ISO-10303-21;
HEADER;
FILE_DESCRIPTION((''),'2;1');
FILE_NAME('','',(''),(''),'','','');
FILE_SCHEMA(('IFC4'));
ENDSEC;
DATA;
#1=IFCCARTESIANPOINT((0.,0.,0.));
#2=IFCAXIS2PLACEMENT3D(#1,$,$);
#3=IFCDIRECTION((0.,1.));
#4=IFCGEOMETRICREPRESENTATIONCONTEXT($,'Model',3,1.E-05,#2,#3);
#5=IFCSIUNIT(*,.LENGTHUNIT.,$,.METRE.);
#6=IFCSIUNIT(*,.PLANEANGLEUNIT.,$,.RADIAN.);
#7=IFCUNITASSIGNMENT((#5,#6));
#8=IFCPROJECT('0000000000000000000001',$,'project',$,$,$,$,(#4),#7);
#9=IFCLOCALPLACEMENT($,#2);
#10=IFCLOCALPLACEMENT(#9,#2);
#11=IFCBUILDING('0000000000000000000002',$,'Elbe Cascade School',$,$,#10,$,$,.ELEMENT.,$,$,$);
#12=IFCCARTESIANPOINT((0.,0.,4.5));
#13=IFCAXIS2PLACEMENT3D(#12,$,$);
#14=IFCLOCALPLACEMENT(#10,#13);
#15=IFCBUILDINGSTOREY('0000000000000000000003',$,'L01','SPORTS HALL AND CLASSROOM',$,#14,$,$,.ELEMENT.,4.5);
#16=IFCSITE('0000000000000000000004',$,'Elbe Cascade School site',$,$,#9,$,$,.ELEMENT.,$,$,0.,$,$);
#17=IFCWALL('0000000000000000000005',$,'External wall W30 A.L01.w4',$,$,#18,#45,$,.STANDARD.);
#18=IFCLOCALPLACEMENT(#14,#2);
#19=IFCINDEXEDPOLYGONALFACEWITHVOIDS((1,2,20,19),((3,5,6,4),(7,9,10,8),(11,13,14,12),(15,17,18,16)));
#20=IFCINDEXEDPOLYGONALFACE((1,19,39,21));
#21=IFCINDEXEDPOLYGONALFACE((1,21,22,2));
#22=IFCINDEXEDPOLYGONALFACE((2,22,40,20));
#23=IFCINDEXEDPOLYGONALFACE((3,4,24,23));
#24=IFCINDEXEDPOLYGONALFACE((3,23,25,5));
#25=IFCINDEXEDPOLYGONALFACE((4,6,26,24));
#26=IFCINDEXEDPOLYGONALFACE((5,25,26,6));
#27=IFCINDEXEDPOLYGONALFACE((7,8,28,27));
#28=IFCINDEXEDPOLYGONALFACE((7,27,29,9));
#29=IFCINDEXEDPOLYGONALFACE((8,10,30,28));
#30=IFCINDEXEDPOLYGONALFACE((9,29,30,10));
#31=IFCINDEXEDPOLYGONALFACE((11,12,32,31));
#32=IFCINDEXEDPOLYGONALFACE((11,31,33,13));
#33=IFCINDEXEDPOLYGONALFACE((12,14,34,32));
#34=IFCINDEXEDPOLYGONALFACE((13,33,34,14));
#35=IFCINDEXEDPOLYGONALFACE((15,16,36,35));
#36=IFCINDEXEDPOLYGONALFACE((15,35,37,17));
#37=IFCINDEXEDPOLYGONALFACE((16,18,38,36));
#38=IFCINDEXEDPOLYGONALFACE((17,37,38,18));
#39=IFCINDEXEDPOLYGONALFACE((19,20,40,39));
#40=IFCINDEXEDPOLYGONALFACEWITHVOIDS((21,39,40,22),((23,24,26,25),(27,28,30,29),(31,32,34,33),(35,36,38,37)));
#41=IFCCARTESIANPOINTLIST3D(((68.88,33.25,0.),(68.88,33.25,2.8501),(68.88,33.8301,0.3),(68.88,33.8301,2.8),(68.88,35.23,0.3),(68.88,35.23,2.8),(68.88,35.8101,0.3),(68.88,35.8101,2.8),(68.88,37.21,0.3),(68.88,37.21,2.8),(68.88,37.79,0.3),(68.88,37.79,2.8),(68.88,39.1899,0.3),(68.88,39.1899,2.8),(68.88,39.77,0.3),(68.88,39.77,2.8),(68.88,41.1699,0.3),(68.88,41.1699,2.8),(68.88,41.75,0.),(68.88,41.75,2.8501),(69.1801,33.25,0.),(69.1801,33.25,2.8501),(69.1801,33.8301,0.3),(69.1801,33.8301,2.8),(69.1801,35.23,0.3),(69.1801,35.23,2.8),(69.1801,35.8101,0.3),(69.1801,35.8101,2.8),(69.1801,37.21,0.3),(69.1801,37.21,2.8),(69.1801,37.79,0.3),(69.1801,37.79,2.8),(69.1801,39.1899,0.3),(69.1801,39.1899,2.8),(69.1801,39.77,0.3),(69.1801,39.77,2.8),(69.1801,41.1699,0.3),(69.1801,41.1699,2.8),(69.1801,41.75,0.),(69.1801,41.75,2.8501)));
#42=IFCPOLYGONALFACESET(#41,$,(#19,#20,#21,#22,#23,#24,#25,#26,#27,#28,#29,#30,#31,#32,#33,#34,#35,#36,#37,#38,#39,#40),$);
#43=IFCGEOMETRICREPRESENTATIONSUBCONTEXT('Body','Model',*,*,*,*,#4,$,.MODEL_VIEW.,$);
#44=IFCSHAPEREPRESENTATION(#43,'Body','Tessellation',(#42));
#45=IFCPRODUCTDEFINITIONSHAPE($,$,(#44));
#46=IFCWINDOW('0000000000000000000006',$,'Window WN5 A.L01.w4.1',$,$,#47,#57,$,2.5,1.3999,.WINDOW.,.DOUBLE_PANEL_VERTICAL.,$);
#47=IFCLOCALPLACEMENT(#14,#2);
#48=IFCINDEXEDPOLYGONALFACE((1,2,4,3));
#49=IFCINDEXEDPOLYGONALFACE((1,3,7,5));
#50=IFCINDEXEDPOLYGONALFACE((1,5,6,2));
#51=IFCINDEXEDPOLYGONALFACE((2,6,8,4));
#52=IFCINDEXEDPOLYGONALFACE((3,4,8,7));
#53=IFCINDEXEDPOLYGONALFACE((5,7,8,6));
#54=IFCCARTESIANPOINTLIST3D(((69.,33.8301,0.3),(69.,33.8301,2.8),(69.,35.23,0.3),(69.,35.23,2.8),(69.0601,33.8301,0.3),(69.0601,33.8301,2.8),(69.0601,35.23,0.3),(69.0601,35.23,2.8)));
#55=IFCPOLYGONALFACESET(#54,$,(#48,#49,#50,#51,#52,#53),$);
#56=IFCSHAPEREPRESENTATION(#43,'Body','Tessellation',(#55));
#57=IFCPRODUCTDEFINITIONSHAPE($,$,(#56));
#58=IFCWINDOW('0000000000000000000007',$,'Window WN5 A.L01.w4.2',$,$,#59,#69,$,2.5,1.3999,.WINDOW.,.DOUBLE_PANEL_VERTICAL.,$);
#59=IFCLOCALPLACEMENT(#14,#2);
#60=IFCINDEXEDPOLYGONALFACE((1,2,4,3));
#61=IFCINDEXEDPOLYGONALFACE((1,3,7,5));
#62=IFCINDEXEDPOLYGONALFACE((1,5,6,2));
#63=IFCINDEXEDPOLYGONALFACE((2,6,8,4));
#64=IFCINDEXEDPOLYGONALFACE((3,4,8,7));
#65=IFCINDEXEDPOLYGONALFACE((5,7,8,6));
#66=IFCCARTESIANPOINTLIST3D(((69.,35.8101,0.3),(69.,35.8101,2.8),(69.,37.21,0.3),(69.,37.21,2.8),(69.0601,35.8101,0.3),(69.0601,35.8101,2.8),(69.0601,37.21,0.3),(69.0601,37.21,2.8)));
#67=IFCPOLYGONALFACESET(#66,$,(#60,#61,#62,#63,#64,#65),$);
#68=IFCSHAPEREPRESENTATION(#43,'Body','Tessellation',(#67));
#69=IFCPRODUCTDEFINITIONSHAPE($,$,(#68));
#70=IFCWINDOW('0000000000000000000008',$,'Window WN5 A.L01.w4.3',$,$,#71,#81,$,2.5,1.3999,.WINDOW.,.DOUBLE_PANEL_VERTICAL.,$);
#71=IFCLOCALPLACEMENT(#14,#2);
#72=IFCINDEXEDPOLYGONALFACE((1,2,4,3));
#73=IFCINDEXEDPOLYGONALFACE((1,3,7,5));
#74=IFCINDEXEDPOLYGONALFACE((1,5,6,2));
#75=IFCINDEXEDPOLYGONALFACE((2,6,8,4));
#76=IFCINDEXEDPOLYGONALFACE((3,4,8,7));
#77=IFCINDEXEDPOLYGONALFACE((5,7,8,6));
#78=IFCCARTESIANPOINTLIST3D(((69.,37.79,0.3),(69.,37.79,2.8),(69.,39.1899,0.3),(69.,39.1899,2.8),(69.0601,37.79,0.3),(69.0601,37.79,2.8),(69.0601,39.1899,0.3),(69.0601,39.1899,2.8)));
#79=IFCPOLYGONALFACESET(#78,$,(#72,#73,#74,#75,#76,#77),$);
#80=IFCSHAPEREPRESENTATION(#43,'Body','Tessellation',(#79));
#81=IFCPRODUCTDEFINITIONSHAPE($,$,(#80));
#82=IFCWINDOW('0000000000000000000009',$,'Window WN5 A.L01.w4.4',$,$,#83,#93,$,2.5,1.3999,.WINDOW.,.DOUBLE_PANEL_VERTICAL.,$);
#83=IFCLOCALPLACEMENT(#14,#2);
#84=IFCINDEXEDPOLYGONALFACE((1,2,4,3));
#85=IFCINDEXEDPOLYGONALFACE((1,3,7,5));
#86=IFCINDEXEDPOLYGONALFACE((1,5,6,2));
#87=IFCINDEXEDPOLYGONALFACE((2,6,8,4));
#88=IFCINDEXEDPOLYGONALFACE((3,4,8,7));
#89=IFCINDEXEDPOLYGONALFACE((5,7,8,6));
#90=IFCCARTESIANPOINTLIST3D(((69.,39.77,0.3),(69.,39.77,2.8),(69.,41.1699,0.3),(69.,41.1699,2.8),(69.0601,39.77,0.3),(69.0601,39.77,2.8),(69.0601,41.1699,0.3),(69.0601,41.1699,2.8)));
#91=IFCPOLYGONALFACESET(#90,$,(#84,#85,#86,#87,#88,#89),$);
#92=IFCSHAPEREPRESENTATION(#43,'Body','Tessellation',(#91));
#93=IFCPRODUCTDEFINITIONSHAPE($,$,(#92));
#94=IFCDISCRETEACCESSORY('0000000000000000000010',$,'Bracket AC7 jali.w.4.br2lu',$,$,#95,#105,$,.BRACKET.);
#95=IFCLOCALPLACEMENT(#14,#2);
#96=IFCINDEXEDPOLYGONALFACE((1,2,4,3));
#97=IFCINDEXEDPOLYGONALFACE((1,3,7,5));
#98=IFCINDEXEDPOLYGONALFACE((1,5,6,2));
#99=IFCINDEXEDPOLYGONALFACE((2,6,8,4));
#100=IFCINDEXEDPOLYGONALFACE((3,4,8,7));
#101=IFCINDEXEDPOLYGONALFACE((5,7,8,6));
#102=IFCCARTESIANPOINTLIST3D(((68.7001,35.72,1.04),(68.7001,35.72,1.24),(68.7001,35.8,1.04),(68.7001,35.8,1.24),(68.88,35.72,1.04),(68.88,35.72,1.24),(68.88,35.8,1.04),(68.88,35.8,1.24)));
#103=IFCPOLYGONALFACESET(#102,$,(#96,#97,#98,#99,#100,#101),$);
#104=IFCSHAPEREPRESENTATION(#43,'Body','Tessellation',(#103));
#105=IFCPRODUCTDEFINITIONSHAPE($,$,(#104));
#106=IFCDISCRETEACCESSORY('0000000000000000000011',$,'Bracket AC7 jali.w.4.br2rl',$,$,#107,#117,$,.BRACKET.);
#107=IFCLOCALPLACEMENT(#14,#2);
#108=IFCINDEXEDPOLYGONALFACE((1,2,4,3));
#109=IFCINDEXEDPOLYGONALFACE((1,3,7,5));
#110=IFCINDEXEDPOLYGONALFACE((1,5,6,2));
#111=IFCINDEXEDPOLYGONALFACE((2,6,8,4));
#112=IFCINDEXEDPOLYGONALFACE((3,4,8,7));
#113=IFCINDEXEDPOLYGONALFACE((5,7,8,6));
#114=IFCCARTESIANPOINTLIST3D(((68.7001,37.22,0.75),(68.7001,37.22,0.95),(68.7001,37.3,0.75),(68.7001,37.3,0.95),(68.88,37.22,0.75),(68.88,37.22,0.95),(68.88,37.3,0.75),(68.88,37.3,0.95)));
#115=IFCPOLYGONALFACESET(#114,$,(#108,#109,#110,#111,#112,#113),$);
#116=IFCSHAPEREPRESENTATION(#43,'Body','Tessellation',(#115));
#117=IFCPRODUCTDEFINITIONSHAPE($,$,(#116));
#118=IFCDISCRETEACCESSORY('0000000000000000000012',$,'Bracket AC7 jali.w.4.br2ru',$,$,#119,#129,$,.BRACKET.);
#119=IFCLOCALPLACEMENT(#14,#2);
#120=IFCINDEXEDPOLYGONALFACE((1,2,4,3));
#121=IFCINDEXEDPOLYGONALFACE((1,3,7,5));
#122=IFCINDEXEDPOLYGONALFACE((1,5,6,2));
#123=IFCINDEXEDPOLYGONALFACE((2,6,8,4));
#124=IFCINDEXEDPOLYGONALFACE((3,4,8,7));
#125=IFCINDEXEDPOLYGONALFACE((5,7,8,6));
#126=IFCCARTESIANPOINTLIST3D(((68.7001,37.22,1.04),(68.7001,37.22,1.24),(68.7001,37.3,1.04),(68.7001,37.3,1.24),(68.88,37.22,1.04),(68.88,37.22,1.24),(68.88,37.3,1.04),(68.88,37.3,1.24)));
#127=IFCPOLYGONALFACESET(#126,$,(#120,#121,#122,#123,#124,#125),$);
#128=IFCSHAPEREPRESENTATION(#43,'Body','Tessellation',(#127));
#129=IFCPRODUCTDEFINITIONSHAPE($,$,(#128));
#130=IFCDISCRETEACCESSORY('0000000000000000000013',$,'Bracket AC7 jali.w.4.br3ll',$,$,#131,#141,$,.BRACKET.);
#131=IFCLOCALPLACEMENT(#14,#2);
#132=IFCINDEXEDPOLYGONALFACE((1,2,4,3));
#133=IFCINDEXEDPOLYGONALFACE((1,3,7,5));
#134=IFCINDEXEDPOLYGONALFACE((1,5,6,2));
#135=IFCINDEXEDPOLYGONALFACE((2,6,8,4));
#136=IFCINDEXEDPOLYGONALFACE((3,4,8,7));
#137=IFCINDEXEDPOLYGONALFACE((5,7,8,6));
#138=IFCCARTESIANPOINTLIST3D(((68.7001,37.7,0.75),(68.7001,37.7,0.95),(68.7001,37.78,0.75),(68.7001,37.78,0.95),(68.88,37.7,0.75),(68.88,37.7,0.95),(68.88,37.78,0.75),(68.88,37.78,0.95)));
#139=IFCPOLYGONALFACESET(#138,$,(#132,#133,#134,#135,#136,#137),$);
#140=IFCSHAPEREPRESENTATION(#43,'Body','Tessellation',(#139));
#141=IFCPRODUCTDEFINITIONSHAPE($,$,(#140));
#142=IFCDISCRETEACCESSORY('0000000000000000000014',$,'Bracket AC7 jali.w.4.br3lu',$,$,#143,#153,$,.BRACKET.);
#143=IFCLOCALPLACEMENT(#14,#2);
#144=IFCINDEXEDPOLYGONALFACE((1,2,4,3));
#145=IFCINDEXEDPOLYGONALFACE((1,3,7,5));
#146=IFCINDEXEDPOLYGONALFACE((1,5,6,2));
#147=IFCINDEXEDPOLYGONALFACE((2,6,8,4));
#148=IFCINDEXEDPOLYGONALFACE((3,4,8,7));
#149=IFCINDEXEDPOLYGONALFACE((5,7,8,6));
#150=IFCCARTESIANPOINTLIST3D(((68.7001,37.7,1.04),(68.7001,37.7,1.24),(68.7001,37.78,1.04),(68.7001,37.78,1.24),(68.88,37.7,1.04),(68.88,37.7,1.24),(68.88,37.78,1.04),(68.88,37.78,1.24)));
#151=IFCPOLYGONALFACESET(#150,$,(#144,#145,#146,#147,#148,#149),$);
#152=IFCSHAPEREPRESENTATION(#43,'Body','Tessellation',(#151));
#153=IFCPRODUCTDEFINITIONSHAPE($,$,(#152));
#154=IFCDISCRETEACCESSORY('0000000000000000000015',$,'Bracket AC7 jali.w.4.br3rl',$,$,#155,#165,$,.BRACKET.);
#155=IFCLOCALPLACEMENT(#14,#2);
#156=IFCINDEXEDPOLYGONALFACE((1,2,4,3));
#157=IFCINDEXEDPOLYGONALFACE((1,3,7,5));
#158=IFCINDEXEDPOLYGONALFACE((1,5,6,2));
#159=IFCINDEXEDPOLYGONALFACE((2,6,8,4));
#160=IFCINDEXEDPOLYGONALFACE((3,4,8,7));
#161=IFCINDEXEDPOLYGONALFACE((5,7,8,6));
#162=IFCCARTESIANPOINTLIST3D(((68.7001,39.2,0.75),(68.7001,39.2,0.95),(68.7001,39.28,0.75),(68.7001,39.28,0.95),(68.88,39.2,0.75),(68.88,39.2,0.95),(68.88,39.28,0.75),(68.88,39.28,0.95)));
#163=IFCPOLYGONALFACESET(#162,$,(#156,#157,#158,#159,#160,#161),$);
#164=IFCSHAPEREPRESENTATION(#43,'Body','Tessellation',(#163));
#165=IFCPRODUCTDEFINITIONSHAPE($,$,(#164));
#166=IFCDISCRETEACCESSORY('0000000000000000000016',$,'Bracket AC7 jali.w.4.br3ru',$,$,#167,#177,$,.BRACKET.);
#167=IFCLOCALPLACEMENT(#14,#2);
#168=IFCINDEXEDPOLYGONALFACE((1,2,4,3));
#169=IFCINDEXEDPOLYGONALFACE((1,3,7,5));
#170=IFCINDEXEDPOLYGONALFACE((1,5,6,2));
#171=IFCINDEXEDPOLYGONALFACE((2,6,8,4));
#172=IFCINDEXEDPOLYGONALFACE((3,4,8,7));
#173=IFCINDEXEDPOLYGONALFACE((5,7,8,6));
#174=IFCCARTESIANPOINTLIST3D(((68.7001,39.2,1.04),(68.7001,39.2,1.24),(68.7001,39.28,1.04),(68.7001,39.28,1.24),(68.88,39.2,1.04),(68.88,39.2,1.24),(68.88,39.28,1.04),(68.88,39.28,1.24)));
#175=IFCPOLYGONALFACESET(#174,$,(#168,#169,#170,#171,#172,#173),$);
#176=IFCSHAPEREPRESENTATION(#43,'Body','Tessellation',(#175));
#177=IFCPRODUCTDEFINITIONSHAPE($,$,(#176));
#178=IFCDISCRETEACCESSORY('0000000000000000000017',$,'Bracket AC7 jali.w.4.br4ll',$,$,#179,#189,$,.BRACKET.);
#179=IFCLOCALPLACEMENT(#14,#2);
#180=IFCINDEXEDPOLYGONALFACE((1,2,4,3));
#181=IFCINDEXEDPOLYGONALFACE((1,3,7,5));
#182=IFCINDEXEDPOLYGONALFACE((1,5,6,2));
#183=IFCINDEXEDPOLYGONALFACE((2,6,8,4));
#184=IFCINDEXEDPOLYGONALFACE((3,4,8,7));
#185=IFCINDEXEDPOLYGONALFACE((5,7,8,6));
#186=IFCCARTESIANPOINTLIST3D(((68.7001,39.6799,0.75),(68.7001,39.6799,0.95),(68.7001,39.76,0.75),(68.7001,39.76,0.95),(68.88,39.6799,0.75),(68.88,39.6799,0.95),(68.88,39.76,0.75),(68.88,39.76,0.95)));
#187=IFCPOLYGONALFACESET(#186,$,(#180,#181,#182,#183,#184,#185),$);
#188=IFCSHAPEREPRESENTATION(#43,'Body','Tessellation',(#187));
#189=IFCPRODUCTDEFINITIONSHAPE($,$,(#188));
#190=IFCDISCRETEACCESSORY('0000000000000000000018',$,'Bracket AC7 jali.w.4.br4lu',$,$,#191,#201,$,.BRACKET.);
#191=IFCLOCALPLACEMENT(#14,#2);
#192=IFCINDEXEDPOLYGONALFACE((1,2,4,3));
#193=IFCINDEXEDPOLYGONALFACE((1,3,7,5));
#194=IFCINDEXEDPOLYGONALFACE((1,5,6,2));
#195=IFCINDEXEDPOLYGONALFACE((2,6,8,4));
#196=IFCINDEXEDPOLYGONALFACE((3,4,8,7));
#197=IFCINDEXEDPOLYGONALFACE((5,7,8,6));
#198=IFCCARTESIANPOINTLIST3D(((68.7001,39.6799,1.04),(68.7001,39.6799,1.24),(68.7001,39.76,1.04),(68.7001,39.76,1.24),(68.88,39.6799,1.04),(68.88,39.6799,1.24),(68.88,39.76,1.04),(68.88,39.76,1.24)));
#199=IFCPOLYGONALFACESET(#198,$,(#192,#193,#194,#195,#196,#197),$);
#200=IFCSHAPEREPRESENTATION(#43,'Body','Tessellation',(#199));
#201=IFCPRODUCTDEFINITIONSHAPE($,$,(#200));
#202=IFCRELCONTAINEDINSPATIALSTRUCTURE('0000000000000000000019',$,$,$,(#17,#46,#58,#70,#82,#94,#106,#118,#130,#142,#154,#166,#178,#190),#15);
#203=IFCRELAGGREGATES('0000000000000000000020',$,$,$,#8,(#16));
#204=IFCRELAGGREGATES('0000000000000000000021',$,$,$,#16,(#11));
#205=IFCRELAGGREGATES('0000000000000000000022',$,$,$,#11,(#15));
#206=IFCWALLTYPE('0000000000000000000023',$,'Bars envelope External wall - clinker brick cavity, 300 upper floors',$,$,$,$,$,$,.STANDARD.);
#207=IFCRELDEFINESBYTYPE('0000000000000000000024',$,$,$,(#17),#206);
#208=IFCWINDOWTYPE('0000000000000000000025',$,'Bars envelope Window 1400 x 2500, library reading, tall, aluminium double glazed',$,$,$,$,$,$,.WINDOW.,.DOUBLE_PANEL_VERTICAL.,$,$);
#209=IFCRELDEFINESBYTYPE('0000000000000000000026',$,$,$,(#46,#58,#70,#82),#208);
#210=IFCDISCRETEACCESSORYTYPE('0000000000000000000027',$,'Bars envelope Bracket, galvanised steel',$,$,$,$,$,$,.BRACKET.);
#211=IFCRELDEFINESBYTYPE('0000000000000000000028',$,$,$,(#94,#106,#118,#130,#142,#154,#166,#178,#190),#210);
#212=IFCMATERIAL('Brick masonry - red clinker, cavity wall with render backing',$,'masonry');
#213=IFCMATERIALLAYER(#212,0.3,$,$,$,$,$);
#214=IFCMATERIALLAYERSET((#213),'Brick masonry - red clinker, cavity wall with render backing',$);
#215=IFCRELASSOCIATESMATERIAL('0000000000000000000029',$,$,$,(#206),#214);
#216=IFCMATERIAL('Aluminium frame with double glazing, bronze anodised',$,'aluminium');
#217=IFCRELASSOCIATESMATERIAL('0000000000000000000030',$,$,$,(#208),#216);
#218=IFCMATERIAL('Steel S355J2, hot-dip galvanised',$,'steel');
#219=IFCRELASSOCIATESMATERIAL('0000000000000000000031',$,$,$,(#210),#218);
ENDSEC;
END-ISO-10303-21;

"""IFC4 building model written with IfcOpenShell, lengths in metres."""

from ifc_helpers import new_model, si_unit, direction, frame, frame_2d, origin, origin_2d, place, context, subcontext, project, spatial, rectangle, extrude, material, layer, layer_set, type_object, element, fill, save


model = new_model("IFC4")

# Units and contexts
model_context = context("Model", 3, precision=1e-05, world=origin(), true_north=direction((0.0, 1.0)))
body_context = subcontext(model_context, "Body", "Model", "MODEL_VIEW")
ifc_project = project(units=[si_unit("LENGTHUNIT", "METRE"), si_unit("PLANEANGLEUNIT", "RADIAN")], contexts=[model_context])

# Site, building, storey
site_placement = place(None, origin())
site = spatial("IfcSite", under=ifc_project, at=site_placement, Name="Elbe Cascade School site", CompositionType="ELEMENT", RefElevation=0.0)
building_placement = place(site_placement, origin())
building = spatial("IfcBuilding", under=site, at=building_placement, Name="Elbe Cascade School", CompositionType="ELEMENT")
storey_placement = place(building_placement, frame((0.0, 0.0, 4.5)))
storey = spatial("IfcBuildingStorey", under=building, at=storey_placement, Name="L01", Description="SPORTS HALL AND CLASSROOM", CompositionType="ELEMENT", Elevation=4.5)

# Wall, openings, windows
ifc_material_1 = material(Name="Brick masonry - red clinker, cavity wall with render backing", Category="masonry")
ifc_layer_1 = layer(ifc_material_1, 0.3)
ifc_layer_set_1 = layer_set([ifc_layer_1], Name="Brick masonry - red clinker, cavity wall with render backing")
wall_type_1 = type_object("IfcWallType", Name="Bars envelope External wall - clinker brick cavity, 300 upper floors", PredefinedType="STANDARD", material=ifc_layer_set_1)
wall_1_placement = place(storey_placement, frame((69.03, 33.25, 0.0), z_axis=(0.0, 0.0, 1.0), x_axis=(0.0, 1.0, 0.0)))
wall_1 = element("IfcWall", 1, at=wall_1_placement, inside=storey, type_object=wall_type_1, Name="External wall W30 A.L01.w4", PredefinedType="STANDARD", context=body_context, shape_type="SweptSolid", body=[
    extrude(rectangle(XDim=8.5, YDim=0.3, at=frame_2d((4.25, 0.0))), origin(), (0.0, 0.0, 1.0), 2.8501),
])
opening_1_placement = place(wall_1_placement, frame((0.5801, 0.0, 0.3)))
opening_1 = element("IfcOpeningElement", 2, at=opening_1_placement, cuts=wall_1, PredefinedType="OPENING", context=body_context, shape_type="SweptSolid", body=[
    extrude(rectangle(XDim=1.3999, YDim=2.5, at=frame_2d((0.7, 1.25))), frame((0.0, 0.1599, 0.0), z_axis=(0.0, -1.0, 0.0), x_axis=(1.0, 0.0, 0.0)), (0.0, 0.0, 1.0), 0.3201),
])
opening_2_placement = place(wall_1_placement, frame((2.5601, 0.0, 0.3)))
opening_2 = element("IfcOpeningElement", 3, at=opening_2_placement, cuts=wall_1, PredefinedType="OPENING", context=body_context, shape_type="SweptSolid", body=[
    extrude(rectangle(XDim=1.3999, YDim=2.5, at=frame_2d((0.7, 1.25))), frame((0.0, 0.1599, 0.0), z_axis=(0.0, -1.0, 0.0), x_axis=(1.0, 0.0, 0.0)), (0.0, 0.0, 1.0), 0.3201),
])
opening_3_placement = place(wall_1_placement, frame((4.54, 0.0, 0.3)))
opening_3 = element("IfcOpeningElement", 4, at=opening_3_placement, cuts=wall_1, PredefinedType="OPENING", context=body_context, shape_type="SweptSolid", body=[
    extrude(rectangle(XDim=1.3999, YDim=2.5, at=frame_2d((0.7, 1.25))), frame((0.0, 0.1599, 0.0), z_axis=(0.0, -1.0, 0.0), x_axis=(1.0, 0.0, 0.0)), (0.0, 0.0, 1.0), 0.3201),
])
opening_4_placement = place(wall_1_placement, frame((6.52, 0.0, 0.3)))
opening_4 = element("IfcOpeningElement", 5, at=opening_4_placement, cuts=wall_1, PredefinedType="OPENING", context=body_context, shape_type="SweptSolid", body=[
    extrude(rectangle(XDim=1.3999, YDim=2.5, at=frame_2d((0.7, 1.25))), frame((0.0, 0.1599, 0.0), z_axis=(0.0, -1.0, 0.0), x_axis=(1.0, 0.0, 0.0)), (0.0, 0.0, 1.0), 0.3201),
])
ifc_material_2 = material(Name="Aluminium frame with double glazing, bronze anodised", Category="aluminium")
window_type = type_object("IfcWindowType", Name="Bars envelope Window 1400 x 2500, library reading, tall, aluminium double glazed", PartitioningType="DOUBLE_PANEL_VERTICAL", PredefinedType="WINDOW", material=ifc_material_2)
window_1_placement = place(opening_1_placement, origin())
window_1 = element("IfcWindow", 6, at=window_1_placement, inside=storey, type_object=window_type, Name="Window WN5 A.L01.w4.1", OverallHeight=2.5, OverallWidth=1.3999, PartitioningType="DOUBLE_PANEL_VERTICAL", PredefinedType="WINDOW", context=body_context, shape_type="SweptSolid", body=[
    extrude(rectangle(XDim=1.3999, YDim=2.5, at=frame_2d((0.7, 1.25))), frame((0.0, 0.03, 0.0), z_axis=(0.0, -1.0, 0.0), x_axis=(1.0, 0.0, 0.0)), (0.0, 0.0, 1.0), 0.0601),
])
fill(opening_1, window_1)
window_2_placement = place(opening_2_placement, origin())
window_2 = element("IfcWindow", 7, at=window_2_placement, inside=storey, type_object=window_type, Name="Window WN5 A.L01.w4.2", OverallHeight=2.5, OverallWidth=1.3999, PartitioningType="DOUBLE_PANEL_VERTICAL", PredefinedType="WINDOW", context=body_context, shape_type="SweptSolid", body=[
    extrude(rectangle(XDim=1.3999, YDim=2.5, at=frame_2d((0.7, 1.25))), frame((0.0, 0.03, 0.0), z_axis=(0.0, -1.0, 0.0), x_axis=(1.0, 0.0, 0.0)), (0.0, 0.0, 1.0), 0.0601),
])
fill(opening_2, window_2)
window_3_placement = place(opening_3_placement, origin())
window_3 = element("IfcWindow", 8, at=window_3_placement, inside=storey, type_object=window_type, Name="Window WN5 A.L01.w4.3", OverallHeight=2.5, OverallWidth=1.3999, PartitioningType="DOUBLE_PANEL_VERTICAL", PredefinedType="WINDOW", context=body_context, shape_type="SweptSolid", body=[
    extrude(rectangle(XDim=1.3999, YDim=2.5, at=frame_2d((0.7, 1.25))), frame((0.0, 0.03, 0.0), z_axis=(0.0, -1.0, 0.0), x_axis=(1.0, 0.0, 0.0)), (0.0, 0.0, 1.0), 0.0601),
])
fill(opening_3, window_3)
window_4_placement = place(opening_4_placement, origin())
window_4 = element("IfcWindow", 9, at=window_4_placement, inside=storey, type_object=window_type, Name="Window WN5 A.L01.w4.4", OverallHeight=2.5, OverallWidth=1.3999, PartitioningType="DOUBLE_PANEL_VERTICAL", PredefinedType="WINDOW", context=body_context, shape_type="SweptSolid", body=[
    extrude(rectangle(XDim=1.3999, YDim=2.5, at=frame_2d((0.7, 1.25))), frame((0.0, 0.03, 0.0), z_axis=(0.0, -1.0, 0.0), x_axis=(1.0, 0.0, 0.0)), (0.0, 0.0, 1.0), 0.0601),
])
fill(opening_4, window_4)

# Discrete accessories
ifc_material_3 = material(Name="Steel S355J2, hot-dip galvanised", Category="steel")
discrete_accessory_type = type_object("IfcDiscreteAccessoryType", Name="Bars envelope Bracket, galvanised steel", PredefinedType="BRACKET", material=ifc_material_3)
for number, where, z_axis, x_axis, name in (
    (10, (68.79, 35.76, 1.04), (0.0, 0.0, 1.0), (0.0, 1.0, 0.0), "Bracket AC7 jali.w.4.br2lu"),
    (11, (68.79, 37.26, 0.75), (0.0, 0.0, 1.0), (0.0, 1.0, 0.0), "Bracket AC7 jali.w.4.br2rl"),
    (12, (68.79, 37.26, 1.04), (0.0, 0.0, 1.0), (0.0, 1.0, 0.0), "Bracket AC7 jali.w.4.br2ru"),
    (13, (68.79, 37.74, 0.75), (0.0, 0.0, 1.0), (0.0, 1.0, 0.0), "Bracket AC7 jali.w.4.br3ll"),
    (14, (68.79, 37.74, 1.04), (0.0, 0.0, 1.0), (0.0, 1.0, 0.0), "Bracket AC7 jali.w.4.br3lu"),
    (15, (68.79, 39.24, 0.75), (0.0, 0.0, 1.0), (0.0, 1.0, 0.0), "Bracket AC7 jali.w.4.br3rl"),
    (16, (68.79, 39.24, 1.04), (0.0, 0.0, 1.0), (0.0, 1.0, 0.0), "Bracket AC7 jali.w.4.br3ru"),
    (17, (68.79, 39.72, 0.75), (0.0, 0.0, 1.0), (0.0, 1.0, 0.0), "Bracket AC7 jali.w.4.br4ll"),
    (18, (68.79, 39.72, 1.04), (0.0, 0.0, 1.0), (0.0, 1.0, 0.0), "Bracket AC7 jali.w.4.br4lu"),
):
    element("IfcDiscreteAccessory", number, at=place(storey_placement, frame(where, z_axis=z_axis, x_axis=x_axis)), inside=storey, type_object=discrete_accessory_type, Name=name, PredefinedType="BRACKET", context=body_context, shape_type="SweptSolid", body=[
        extrude(rectangle(XDim=0.0801, YDim=0.1799, at=origin_2d()), origin(), (0.0, 0.0, 1.0), 0.2),
    ])

save(model, "model.ifc")
